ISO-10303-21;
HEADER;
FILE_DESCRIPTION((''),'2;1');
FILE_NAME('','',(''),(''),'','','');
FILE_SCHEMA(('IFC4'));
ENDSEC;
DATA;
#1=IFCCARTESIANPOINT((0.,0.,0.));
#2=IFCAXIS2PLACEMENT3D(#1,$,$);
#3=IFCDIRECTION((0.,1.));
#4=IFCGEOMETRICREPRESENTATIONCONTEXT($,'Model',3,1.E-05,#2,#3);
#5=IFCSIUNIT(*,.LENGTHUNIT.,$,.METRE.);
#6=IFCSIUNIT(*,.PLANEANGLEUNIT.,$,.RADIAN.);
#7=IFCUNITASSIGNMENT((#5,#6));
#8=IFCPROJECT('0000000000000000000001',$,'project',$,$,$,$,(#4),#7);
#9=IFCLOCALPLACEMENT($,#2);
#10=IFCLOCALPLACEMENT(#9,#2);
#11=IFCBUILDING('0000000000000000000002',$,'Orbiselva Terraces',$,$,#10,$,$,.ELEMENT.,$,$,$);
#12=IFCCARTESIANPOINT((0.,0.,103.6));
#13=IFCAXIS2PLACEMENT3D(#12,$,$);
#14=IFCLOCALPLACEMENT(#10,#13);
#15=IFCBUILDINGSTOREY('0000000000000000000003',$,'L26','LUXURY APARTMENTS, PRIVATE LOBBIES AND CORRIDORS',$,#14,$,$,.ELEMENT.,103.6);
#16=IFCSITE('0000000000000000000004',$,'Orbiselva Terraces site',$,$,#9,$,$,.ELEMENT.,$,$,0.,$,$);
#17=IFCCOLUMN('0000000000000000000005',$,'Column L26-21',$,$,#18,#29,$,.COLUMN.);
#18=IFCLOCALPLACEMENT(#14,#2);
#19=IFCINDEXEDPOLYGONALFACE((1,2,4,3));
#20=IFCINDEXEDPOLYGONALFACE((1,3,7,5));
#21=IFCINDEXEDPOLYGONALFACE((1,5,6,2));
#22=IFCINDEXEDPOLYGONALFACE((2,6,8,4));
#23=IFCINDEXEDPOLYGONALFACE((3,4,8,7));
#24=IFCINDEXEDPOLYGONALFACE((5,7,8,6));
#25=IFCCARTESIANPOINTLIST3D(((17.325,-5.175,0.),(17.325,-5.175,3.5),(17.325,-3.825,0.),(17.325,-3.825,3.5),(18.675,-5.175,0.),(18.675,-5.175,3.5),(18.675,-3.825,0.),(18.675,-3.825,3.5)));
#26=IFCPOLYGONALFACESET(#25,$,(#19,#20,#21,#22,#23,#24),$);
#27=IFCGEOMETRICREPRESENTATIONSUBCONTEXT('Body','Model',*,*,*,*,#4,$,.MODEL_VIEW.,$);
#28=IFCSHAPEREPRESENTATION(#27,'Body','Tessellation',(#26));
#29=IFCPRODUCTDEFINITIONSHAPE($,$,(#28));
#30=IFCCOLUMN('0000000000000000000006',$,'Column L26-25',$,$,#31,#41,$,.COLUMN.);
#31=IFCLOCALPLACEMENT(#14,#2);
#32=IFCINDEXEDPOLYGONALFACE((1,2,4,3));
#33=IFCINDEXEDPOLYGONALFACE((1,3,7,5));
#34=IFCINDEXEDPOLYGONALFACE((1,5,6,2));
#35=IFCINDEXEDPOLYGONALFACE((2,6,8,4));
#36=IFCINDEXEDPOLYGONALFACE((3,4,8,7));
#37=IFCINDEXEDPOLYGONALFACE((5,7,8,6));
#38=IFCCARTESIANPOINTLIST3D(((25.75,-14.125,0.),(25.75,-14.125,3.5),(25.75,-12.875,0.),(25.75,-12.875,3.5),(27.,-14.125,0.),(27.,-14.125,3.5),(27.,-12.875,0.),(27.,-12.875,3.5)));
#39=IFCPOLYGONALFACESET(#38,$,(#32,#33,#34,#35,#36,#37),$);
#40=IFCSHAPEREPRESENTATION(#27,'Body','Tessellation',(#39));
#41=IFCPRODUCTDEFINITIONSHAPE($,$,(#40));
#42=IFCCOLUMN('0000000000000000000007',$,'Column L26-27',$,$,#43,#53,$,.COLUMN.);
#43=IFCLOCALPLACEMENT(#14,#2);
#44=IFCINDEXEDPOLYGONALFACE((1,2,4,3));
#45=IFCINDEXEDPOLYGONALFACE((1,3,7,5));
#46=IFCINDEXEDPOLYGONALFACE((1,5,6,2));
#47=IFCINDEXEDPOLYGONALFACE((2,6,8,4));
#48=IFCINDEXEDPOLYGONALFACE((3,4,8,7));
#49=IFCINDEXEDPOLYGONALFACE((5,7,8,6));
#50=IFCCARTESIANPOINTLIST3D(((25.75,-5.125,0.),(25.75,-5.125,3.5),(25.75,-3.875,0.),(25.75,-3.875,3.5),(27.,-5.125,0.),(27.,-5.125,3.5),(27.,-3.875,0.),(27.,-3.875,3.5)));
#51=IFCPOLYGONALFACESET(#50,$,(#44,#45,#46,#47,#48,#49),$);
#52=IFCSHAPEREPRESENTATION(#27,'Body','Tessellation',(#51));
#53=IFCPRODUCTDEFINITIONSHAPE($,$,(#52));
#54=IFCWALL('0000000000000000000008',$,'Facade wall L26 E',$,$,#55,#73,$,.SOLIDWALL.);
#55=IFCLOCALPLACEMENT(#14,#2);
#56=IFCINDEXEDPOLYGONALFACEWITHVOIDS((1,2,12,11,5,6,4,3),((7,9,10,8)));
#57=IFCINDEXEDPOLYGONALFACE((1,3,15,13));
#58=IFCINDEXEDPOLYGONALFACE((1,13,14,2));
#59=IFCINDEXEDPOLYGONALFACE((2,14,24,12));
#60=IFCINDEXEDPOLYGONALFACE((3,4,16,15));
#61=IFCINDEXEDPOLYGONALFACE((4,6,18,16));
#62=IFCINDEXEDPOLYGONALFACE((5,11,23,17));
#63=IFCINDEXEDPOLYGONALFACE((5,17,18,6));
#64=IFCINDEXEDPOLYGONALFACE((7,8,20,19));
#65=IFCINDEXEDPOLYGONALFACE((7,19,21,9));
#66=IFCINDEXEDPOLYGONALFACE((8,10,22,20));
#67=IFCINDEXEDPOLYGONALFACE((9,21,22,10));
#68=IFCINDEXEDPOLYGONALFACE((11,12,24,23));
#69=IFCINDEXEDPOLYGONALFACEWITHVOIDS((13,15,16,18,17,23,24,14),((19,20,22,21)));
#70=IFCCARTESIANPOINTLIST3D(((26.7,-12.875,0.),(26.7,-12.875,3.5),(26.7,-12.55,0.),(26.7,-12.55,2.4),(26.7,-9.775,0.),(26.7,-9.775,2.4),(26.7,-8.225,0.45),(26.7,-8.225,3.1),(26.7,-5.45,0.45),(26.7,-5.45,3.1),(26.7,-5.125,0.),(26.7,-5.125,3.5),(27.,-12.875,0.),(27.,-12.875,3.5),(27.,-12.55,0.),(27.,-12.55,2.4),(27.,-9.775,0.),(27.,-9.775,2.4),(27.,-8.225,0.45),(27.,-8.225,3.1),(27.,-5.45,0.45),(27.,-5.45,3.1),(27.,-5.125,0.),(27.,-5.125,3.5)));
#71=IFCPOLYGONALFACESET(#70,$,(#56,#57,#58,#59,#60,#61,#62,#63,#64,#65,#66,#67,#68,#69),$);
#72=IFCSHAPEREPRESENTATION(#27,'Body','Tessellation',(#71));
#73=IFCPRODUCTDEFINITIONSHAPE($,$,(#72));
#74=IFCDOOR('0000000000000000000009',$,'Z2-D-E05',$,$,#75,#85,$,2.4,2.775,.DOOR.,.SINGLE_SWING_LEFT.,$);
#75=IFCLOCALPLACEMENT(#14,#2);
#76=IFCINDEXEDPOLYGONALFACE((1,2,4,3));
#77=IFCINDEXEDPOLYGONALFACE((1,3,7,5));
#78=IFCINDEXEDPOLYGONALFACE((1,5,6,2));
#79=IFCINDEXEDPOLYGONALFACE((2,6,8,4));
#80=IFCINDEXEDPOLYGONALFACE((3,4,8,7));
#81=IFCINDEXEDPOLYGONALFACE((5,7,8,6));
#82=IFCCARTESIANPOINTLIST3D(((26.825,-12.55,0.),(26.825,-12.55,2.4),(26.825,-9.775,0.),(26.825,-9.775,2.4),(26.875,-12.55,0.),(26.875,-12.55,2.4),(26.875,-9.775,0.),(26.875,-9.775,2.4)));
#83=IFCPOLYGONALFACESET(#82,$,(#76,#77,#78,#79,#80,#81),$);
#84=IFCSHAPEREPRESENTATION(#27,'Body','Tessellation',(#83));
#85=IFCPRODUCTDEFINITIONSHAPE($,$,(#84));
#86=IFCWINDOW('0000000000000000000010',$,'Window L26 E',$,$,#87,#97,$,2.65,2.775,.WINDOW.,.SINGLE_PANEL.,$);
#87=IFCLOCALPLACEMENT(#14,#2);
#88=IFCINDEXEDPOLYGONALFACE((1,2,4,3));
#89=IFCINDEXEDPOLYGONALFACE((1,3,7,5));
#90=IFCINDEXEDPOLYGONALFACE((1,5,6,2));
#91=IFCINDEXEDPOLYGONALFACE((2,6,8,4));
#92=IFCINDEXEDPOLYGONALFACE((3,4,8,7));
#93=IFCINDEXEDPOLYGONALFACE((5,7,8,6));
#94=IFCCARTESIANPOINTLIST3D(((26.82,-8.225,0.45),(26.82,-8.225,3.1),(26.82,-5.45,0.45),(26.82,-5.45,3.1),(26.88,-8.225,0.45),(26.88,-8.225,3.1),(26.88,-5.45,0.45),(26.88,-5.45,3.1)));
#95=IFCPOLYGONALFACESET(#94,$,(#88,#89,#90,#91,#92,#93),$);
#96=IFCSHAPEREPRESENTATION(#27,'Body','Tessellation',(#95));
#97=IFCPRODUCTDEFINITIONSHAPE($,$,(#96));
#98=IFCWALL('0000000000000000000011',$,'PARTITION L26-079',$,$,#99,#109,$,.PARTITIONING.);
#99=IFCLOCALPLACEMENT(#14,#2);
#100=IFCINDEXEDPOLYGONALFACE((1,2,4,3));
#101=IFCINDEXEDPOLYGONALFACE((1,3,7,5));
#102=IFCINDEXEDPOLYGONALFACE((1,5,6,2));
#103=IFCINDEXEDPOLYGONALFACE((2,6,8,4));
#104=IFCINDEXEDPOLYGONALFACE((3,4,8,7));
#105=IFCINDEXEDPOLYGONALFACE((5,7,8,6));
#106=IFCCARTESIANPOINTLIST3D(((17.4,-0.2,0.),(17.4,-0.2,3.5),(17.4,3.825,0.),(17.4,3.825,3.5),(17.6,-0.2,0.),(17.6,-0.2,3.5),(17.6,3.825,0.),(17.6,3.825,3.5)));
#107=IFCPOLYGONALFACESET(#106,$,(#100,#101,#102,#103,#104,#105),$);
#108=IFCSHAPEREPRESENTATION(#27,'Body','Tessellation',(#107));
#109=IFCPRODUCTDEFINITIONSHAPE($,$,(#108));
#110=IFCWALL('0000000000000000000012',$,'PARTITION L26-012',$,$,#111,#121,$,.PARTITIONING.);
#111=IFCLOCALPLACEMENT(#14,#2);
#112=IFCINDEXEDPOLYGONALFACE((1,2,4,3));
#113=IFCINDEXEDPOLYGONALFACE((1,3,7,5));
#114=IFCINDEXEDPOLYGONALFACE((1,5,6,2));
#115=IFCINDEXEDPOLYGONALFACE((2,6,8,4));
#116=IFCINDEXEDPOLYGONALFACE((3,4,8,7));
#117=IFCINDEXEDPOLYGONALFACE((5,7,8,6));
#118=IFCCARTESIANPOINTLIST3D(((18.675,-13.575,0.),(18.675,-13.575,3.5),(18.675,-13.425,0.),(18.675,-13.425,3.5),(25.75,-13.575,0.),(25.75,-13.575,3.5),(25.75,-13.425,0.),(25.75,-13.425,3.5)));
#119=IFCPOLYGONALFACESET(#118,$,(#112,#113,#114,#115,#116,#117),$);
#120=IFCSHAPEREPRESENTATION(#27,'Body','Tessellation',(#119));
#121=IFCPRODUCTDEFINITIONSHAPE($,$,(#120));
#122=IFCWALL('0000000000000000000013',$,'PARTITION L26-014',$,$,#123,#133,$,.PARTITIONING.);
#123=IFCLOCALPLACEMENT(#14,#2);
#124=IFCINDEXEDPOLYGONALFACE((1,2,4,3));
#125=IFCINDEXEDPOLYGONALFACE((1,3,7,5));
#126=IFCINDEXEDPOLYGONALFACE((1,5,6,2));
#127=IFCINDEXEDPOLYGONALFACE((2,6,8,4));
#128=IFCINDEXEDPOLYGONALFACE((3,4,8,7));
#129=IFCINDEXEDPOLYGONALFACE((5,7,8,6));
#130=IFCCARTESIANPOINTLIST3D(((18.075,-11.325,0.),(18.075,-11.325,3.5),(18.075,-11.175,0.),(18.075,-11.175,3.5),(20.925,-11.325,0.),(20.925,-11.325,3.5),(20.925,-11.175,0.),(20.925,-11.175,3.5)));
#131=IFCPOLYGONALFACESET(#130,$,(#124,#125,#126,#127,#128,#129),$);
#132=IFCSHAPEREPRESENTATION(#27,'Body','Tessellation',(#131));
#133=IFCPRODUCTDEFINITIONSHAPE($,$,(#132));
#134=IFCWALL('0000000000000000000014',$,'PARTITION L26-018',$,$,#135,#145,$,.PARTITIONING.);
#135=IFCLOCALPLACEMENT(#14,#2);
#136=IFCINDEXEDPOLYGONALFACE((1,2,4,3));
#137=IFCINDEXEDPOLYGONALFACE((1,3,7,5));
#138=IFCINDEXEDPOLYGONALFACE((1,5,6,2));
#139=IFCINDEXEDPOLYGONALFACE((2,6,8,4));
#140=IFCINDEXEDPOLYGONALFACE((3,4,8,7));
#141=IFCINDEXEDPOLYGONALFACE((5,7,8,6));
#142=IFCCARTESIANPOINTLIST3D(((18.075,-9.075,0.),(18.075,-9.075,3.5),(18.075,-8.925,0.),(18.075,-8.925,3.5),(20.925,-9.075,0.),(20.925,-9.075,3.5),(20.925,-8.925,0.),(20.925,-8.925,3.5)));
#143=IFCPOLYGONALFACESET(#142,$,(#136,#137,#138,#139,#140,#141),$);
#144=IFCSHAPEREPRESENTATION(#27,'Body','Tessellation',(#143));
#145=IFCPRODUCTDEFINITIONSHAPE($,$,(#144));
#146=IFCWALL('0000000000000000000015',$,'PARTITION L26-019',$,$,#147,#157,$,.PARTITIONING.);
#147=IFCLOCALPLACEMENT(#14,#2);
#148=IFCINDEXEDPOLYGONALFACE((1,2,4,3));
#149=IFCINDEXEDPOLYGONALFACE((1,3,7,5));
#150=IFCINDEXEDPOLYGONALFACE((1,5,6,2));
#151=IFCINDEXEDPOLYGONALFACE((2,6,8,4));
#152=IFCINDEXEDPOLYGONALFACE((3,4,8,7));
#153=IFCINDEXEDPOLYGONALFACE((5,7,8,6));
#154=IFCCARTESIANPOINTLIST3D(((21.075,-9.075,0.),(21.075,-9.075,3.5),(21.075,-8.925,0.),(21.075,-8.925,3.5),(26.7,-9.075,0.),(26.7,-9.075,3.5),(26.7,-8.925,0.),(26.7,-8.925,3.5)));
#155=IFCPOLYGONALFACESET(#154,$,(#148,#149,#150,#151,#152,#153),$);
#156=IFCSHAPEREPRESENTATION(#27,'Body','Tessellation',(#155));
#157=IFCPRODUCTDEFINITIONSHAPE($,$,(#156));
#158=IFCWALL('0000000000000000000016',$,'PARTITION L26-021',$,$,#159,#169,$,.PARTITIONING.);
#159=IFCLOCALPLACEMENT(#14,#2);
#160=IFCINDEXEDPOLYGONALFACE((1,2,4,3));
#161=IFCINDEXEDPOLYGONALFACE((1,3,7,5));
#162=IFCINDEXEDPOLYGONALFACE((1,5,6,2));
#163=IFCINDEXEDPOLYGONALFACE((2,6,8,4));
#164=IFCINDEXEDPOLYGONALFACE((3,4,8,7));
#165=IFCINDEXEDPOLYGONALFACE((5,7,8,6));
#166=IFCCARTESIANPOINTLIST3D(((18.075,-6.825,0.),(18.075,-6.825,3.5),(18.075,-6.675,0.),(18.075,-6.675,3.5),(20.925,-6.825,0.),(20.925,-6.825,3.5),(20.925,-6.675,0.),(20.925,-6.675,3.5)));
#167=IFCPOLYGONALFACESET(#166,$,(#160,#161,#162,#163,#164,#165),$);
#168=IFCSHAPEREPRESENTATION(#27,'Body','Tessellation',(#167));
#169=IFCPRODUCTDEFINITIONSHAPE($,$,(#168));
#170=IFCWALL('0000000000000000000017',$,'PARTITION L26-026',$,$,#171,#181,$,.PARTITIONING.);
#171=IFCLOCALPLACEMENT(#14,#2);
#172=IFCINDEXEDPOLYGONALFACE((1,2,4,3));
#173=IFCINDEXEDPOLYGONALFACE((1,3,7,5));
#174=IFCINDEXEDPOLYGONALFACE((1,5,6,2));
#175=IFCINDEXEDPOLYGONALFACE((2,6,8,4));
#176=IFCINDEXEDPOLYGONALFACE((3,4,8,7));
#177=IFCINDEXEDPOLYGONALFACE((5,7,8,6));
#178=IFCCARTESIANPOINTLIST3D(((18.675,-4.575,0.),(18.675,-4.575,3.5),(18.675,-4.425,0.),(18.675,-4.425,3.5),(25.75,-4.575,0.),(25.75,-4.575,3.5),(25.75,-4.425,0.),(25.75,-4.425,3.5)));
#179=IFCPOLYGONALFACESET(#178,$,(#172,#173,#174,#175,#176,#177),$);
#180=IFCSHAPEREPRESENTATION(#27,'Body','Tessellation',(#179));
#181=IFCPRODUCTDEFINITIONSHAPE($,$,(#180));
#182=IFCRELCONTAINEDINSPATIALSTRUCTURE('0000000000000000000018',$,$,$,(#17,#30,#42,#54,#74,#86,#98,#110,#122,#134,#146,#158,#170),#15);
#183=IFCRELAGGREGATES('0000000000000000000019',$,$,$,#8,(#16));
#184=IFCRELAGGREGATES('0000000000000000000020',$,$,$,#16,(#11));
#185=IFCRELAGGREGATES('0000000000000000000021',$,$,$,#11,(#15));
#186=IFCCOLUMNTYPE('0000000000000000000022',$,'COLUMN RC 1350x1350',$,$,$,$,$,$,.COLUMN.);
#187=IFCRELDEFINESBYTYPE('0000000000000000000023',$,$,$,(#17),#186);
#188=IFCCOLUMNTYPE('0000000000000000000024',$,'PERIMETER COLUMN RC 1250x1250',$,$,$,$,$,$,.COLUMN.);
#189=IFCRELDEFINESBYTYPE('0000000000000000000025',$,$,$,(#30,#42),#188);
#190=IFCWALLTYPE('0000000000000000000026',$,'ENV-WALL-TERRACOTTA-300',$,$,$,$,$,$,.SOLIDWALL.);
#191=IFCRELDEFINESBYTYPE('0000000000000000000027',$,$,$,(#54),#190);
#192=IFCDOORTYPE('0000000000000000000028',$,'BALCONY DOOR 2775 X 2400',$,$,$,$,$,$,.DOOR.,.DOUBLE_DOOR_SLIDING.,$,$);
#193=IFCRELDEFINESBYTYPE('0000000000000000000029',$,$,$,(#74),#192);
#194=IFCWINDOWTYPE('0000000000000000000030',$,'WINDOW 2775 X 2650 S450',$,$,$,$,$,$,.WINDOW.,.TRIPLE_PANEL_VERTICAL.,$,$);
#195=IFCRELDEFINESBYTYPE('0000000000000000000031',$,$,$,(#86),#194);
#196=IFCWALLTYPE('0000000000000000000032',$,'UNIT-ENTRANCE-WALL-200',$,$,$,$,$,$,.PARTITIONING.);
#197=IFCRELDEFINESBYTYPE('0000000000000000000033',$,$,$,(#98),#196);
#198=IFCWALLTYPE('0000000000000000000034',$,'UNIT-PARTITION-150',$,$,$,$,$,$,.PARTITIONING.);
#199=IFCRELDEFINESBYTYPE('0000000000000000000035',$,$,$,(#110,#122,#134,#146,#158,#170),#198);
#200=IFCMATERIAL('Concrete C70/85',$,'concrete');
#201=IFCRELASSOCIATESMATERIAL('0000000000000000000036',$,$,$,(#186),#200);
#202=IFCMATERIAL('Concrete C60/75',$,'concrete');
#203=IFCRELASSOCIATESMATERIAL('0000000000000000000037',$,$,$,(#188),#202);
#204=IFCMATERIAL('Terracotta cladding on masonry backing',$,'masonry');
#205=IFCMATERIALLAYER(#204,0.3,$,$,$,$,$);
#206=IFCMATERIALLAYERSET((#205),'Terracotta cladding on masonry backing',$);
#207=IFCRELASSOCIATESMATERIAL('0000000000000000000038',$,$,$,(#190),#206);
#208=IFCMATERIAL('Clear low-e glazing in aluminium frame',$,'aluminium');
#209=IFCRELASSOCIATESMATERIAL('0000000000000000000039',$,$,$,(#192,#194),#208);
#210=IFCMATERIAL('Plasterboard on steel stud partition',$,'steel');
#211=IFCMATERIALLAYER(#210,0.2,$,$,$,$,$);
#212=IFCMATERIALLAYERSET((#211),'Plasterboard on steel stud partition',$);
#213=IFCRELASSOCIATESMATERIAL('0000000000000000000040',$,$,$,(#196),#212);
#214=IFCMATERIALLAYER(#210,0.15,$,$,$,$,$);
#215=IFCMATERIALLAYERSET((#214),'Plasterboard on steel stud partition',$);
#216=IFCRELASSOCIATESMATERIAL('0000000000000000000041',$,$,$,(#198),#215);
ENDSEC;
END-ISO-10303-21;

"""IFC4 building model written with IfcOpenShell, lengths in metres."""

from ifc_helpers import new_model, si_unit, direction, frame, frame_2d, origin, origin_2d, place, context, subcontext, project, spatial, rectangle, extrude, material, layer, layer_set, material_profile, profile_set, type_object, element, fill, save


model = new_model("IFC4")

# Units and contexts
model_context = context("Model", 3, precision=1e-05, world=origin(), true_north=direction((0.0, 1.0)))
body_context = subcontext(model_context, "Body", "Model", "MODEL_VIEW")
ifc_project = project(units=[si_unit("LENGTHUNIT", "METRE"), si_unit("PLANEANGLEUNIT", "RADIAN")], contexts=[model_context])

# Site, building, storey
site_placement = place(None, origin())
site = spatial("IfcSite", under=ifc_project, at=site_placement, Name="Orbiselva Terraces site", CompositionType="ELEMENT", RefElevation=0.0)
building_placement = place(site_placement, origin())
building = spatial("IfcBuilding", under=site, at=building_placement, Name="Orbiselva Terraces", CompositionType="ELEMENT")
storey_placement = place(building_placement, frame((0.0, 0.0, 103.6)))
storey = spatial("IfcBuildingStorey", under=building, at=storey_placement, Name="L26", Description="LUXURY APARTMENTS, PRIVATE LOBBIES AND CORRIDORS", CompositionType="ELEMENT", Elevation=103.6)

# Columns
ifc_material_1 = material(Name="Concrete C70/85", Category="concrete")
ifc_material_profile_1 = material_profile(ifc_material_1, rectangle(XDim=1.35, YDim=1.35, at=origin_2d()), Name="RC 1350x1350")
ifc_profile_set_1 = profile_set([ifc_material_profile_1], Name="Concrete C70/85")
column_type_1 = type_object("IfcColumnType", Name="COLUMN RC 1350x1350", PredefinedType="COLUMN", material=ifc_profile_set_1)
column_placement = place(storey_placement, frame((18.0, -4.5, 0.0), z_axis=(0.0, 0.0, 1.0), x_axis=(1.0, 0.0, 0.0)))
element("IfcColumn", 1, at=column_placement, inside=storey, type_object=column_type_1, Name="Column L26-21", PredefinedType="COLUMN", context=body_context, shape_type="SweptSolid", body=[
    extrude(rectangle(XDim=1.35, YDim=1.35, at=origin_2d()), origin(), (0.0, 0.0, 1.0), 3.5),
])
ifc_material_2 = material(Name="Concrete C60/75", Category="concrete")
ifc_material_profile_2 = material_profile(ifc_material_2, rectangle(XDim=1.25, YDim=1.25, at=origin_2d()), Name="RC 1250x1250")
ifc_profile_set_2 = profile_set([ifc_material_profile_2], Name="Concrete C60/75")
column_type_2 = type_object("IfcColumnType", Name="PERIMETER COLUMN RC 1250x1250", PredefinedType="COLUMN", material=ifc_profile_set_2)
for number, where, z_axis, x_axis, name in (
    (2, (26.375, -13.5, 0.0), (0.0, 0.0, 1.0), (1.0, 0.0, 0.0), "Column L26-25"),
    (3, (26.375, -4.5, 0.0), (0.0, 0.0, 1.0), (1.0, 0.0, 0.0), "Column L26-27"),
):
    element("IfcColumn", number, at=place(storey_placement, frame(where, z_axis=z_axis, x_axis=x_axis)), inside=storey, type_object=column_type_2, Name=name, PredefinedType="COLUMN", context=body_context, shape_type="SweptSolid", body=[
        extrude(rectangle(XDim=1.25, YDim=1.25, at=origin_2d()), origin(), (0.0, 0.0, 1.0), 3.5),
    ])

# Wall, openings, door, window
ifc_material_3 = material(Name="Terracotta cladding on masonry backing", Category="masonry")
ifc_layer_1 = layer(ifc_material_3, 0.3)
ifc_layer_set_1 = layer_set([ifc_layer_1], Name="Terracotta cladding on masonry backing")
wall_type_1 = type_object("IfcWallType", Name="ENV-WALL-TERRACOTTA-300", PredefinedType="SOLIDWALL", material=ifc_layer_set_1)
wall_1_placement = place(storey_placement, frame((26.85, -5.125, 0.0), z_axis=(0.0, 0.0, 1.0), x_axis=(0.0, -1.0, 0.0)))
wall_1 = element("IfcWall", 4, at=wall_1_placement, inside=storey, type_object=wall_type_1, Name="Facade wall L26 E", PredefinedType="SOLIDWALL", context=body_context, shape_type="SweptSolid", body=[
    extrude(rectangle(XDim=7.75, YDim=0.3, at=frame_2d((3.875, 0.0))), origin(), (0.0, 0.0, 1.0), 3.5),
])
opening_1_placement = place(wall_1_placement, frame((4.65, 0.0, 0.0)))
opening_1 = element("IfcOpeningElement", 5, at=opening_1_placement, cuts=wall_1, PredefinedType="OPENING", context=body_context, shape_type="SweptSolid", body=[
    extrude(rectangle(XDim=2.775, YDim=2.4, at=frame_2d((1.3875, 1.2))), frame((0.0, 0.16, 0.0), z_axis=(0.0, -1.0, 0.0), x_axis=(1.0, 0.0, 0.0)), (0.0, 0.0, 1.0), 0.32),
])
opening_2_placement = place(wall_1_placement, frame((0.325, 0.0, 0.45)))
opening_2 = element("IfcOpeningElement", 6, at=opening_2_placement, cuts=wall_1, PredefinedType="OPENING", context=body_context, shape_type="SweptSolid", body=[
    extrude(rectangle(XDim=2.775, YDim=2.65, at=frame_2d((1.3875, 1.325))), frame((0.0, 0.16, 0.0), z_axis=(0.0, -1.0, 0.0), x_axis=(1.0, 0.0, 0.0)), (0.0, 0.0, 1.0), 0.32),
])
ifc_material_4 = material(Name="Clear low-e glazing in aluminium frame", Category="aluminium")
door_type_1 = type_object("IfcDoorType", Name="BALCONY DOOR 2775 X 2400", OperationType="DOUBLE_DOOR_SLIDING", PredefinedType="DOOR", material=ifc_material_4)
door_1_placement = place(opening_1_placement, origin())
door_1 = element("IfcDoor", 7, at=door_1_placement, inside=storey, type_object=door_type_1, Name="Z2-D-E05", OperationType="SINGLE_SWING_LEFT", OverallHeight=2.4, OverallWidth=2.775, PredefinedType="DOOR", context=body_context, shape_type="SweptSolid", body=[
    extrude(rectangle(XDim=2.775, YDim=2.4, at=frame_2d((1.3875, 1.2))), frame((0.0, 0.025, 0.0), z_axis=(0.0, -1.0, 0.0), x_axis=(1.0, 0.0, 0.0)), (0.0, 0.0, 1.0), 0.05),
])
fill(opening_1, door_1)
window_type = type_object("IfcWindowType", Name="WINDOW 2775 X 2650 S450", PartitioningType="TRIPLE_PANEL_VERTICAL", PredefinedType="WINDOW", material=ifc_material_4)
window_placement = place(opening_2_placement, origin())
window = element("IfcWindow", 8, at=window_placement, inside=storey, type_object=window_type, Name="Window L26 E", OverallHeight=2.65, OverallWidth=2.775, PartitioningType="SINGLE_PANEL", PredefinedType="WINDOW", context=body_context, shape_type="SweptSolid", body=[
    extrude(rectangle(XDim=2.775, YDim=2.65, at=frame_2d((1.3875, 1.325))), frame((0.0, 0.03, 0.0), z_axis=(0.0, -1.0, 0.0), x_axis=(1.0, 0.0, 0.0)), (0.0, 0.0, 1.0), 0.06),
])
fill(opening_2, window)

# Walls
ifc_material_5 = material(Name="Plasterboard on steel stud partition", Category="steel")
ifc_layer_2 = layer(ifc_material_5, 0.2)
ifc_layer_set_2 = layer_set([ifc_layer_2], Name="Plasterboard on steel stud partition")
wall_type_2 = type_object("IfcWallType", Name="UNIT-ENTRANCE-WALL-200", PredefinedType="PARTITIONING", material=ifc_layer_set_2)
wall_2_placement = place(storey_placement, frame((17.5, -0.2, 0.0), z_axis=(0.0, 0.0, 1.0), x_axis=(0.0, 1.0, 0.0)))
element("IfcWall", 9, at=wall_2_placement, inside=storey, type_object=wall_type_2, Name="PARTITION L26-079", PredefinedType="PARTITIONING", context=body_context, shape_type="SweptSolid", body=[
    extrude(rectangle(XDim=4.025, YDim=0.2, at=frame_2d((2.0125, 0.0))), origin(), (0.0, 0.0, 1.0), 3.5),
])
ifc_layer_3 = layer(ifc_material_5, 0.15)
ifc_layer_set_3 = layer_set([ifc_layer_3], Name="Plasterboard on steel stud partition")
wall_type_3 = type_object("IfcWallType", Name="UNIT-PARTITION-150", PredefinedType="PARTITIONING", material=ifc_layer_set_3)
wall_3_placement = place(storey_placement, frame((18.675, -13.5, 0.0), z_axis=(0.0, 0.0, 1.0), x_axis=(1.0, 0.0, 0.0)))
element("IfcWall", 10, at=wall_3_placement, inside=storey, type_object=wall_type_3, Name="PARTITION L26-012", PredefinedType="PARTITIONING", context=body_context, shape_type="SweptSolid", body=[
    extrude(rectangle(XDim=7.075, YDim=0.15, at=frame_2d((3.5375, 0.0))), origin(), (0.0, 0.0, 1.0), 3.5),
])
for number, where, z_axis, x_axis, name in (
    (11, (18.075, -11.25, 0.0), (0.0, 0.0, 1.0), (1.0, 0.0, 0.0), "PARTITION L26-014"),
    (12, (18.075, -9.0, 0.0), (0.0, 0.0, 1.0), (1.0, 0.0, 0.0), "PARTITION L26-018"),
):
    element("IfcWall", number, at=place(storey_placement, frame(where, z_axis=z_axis, x_axis=x_axis)), inside=storey, type_object=wall_type_3, Name=name, PredefinedType="PARTITIONING", context=body_context, shape_type="SweptSolid", body=[
        extrude(rectangle(XDim=2.85, YDim=0.15, at=frame_2d((1.425, 0.0))), origin(), (0.0, 0.0, 1.0), 3.5),
    ])
wall_4_placement = place(storey_placement, frame((21.075, -9.0, 0.0), z_axis=(0.0, 0.0, 1.0), x_axis=(1.0, 0.0, 0.0)))
element("IfcWall", 13, at=wall_4_placement, inside=storey, type_object=wall_type_3, Name="PARTITION L26-019", PredefinedType="PARTITIONING", context=body_context, shape_type="SweptSolid", body=[
    extrude(rectangle(XDim=5.625, YDim=0.15, at=frame_2d((2.8125, 0.0))), origin(), (0.0, 0.0, 1.0), 3.5),
])
wall_5_placement = place(storey_placement, frame((18.075, -6.75, 0.0), z_axis=(0.0, 0.0, 1.0), x_axis=(1.0, 0.0, 0.0)))
element("IfcWall", 14, at=wall_5_placement, inside=storey, type_object=wall_type_3, Name="PARTITION L26-021", PredefinedType="PARTITIONING", context=body_context, shape_type="SweptSolid", body=[
    extrude(rectangle(XDim=2.85, YDim=0.15, at=frame_2d((1.425, 0.0))), origin(), (0.0, 0.0, 1.0), 3.5),
])
wall_6_placement = place(storey_placement, frame((18.675, -4.5, 0.0), z_axis=(0.0, 0.0, 1.0), x_axis=(1.0, 0.0, 0.0)))
element("IfcWall", 15, at=wall_6_placement, inside=storey, type_object=wall_type_3, Name="PARTITION L26-026", PredefinedType="PARTITIONING", context=body_context, shape_type="SweptSolid", body=[
    extrude(rectangle(XDim=7.075, YDim=0.15, at=frame_2d((3.5375, 0.0))), origin(), (0.0, 0.0, 1.0), 3.5),
])

save(model, "model.ifc")
